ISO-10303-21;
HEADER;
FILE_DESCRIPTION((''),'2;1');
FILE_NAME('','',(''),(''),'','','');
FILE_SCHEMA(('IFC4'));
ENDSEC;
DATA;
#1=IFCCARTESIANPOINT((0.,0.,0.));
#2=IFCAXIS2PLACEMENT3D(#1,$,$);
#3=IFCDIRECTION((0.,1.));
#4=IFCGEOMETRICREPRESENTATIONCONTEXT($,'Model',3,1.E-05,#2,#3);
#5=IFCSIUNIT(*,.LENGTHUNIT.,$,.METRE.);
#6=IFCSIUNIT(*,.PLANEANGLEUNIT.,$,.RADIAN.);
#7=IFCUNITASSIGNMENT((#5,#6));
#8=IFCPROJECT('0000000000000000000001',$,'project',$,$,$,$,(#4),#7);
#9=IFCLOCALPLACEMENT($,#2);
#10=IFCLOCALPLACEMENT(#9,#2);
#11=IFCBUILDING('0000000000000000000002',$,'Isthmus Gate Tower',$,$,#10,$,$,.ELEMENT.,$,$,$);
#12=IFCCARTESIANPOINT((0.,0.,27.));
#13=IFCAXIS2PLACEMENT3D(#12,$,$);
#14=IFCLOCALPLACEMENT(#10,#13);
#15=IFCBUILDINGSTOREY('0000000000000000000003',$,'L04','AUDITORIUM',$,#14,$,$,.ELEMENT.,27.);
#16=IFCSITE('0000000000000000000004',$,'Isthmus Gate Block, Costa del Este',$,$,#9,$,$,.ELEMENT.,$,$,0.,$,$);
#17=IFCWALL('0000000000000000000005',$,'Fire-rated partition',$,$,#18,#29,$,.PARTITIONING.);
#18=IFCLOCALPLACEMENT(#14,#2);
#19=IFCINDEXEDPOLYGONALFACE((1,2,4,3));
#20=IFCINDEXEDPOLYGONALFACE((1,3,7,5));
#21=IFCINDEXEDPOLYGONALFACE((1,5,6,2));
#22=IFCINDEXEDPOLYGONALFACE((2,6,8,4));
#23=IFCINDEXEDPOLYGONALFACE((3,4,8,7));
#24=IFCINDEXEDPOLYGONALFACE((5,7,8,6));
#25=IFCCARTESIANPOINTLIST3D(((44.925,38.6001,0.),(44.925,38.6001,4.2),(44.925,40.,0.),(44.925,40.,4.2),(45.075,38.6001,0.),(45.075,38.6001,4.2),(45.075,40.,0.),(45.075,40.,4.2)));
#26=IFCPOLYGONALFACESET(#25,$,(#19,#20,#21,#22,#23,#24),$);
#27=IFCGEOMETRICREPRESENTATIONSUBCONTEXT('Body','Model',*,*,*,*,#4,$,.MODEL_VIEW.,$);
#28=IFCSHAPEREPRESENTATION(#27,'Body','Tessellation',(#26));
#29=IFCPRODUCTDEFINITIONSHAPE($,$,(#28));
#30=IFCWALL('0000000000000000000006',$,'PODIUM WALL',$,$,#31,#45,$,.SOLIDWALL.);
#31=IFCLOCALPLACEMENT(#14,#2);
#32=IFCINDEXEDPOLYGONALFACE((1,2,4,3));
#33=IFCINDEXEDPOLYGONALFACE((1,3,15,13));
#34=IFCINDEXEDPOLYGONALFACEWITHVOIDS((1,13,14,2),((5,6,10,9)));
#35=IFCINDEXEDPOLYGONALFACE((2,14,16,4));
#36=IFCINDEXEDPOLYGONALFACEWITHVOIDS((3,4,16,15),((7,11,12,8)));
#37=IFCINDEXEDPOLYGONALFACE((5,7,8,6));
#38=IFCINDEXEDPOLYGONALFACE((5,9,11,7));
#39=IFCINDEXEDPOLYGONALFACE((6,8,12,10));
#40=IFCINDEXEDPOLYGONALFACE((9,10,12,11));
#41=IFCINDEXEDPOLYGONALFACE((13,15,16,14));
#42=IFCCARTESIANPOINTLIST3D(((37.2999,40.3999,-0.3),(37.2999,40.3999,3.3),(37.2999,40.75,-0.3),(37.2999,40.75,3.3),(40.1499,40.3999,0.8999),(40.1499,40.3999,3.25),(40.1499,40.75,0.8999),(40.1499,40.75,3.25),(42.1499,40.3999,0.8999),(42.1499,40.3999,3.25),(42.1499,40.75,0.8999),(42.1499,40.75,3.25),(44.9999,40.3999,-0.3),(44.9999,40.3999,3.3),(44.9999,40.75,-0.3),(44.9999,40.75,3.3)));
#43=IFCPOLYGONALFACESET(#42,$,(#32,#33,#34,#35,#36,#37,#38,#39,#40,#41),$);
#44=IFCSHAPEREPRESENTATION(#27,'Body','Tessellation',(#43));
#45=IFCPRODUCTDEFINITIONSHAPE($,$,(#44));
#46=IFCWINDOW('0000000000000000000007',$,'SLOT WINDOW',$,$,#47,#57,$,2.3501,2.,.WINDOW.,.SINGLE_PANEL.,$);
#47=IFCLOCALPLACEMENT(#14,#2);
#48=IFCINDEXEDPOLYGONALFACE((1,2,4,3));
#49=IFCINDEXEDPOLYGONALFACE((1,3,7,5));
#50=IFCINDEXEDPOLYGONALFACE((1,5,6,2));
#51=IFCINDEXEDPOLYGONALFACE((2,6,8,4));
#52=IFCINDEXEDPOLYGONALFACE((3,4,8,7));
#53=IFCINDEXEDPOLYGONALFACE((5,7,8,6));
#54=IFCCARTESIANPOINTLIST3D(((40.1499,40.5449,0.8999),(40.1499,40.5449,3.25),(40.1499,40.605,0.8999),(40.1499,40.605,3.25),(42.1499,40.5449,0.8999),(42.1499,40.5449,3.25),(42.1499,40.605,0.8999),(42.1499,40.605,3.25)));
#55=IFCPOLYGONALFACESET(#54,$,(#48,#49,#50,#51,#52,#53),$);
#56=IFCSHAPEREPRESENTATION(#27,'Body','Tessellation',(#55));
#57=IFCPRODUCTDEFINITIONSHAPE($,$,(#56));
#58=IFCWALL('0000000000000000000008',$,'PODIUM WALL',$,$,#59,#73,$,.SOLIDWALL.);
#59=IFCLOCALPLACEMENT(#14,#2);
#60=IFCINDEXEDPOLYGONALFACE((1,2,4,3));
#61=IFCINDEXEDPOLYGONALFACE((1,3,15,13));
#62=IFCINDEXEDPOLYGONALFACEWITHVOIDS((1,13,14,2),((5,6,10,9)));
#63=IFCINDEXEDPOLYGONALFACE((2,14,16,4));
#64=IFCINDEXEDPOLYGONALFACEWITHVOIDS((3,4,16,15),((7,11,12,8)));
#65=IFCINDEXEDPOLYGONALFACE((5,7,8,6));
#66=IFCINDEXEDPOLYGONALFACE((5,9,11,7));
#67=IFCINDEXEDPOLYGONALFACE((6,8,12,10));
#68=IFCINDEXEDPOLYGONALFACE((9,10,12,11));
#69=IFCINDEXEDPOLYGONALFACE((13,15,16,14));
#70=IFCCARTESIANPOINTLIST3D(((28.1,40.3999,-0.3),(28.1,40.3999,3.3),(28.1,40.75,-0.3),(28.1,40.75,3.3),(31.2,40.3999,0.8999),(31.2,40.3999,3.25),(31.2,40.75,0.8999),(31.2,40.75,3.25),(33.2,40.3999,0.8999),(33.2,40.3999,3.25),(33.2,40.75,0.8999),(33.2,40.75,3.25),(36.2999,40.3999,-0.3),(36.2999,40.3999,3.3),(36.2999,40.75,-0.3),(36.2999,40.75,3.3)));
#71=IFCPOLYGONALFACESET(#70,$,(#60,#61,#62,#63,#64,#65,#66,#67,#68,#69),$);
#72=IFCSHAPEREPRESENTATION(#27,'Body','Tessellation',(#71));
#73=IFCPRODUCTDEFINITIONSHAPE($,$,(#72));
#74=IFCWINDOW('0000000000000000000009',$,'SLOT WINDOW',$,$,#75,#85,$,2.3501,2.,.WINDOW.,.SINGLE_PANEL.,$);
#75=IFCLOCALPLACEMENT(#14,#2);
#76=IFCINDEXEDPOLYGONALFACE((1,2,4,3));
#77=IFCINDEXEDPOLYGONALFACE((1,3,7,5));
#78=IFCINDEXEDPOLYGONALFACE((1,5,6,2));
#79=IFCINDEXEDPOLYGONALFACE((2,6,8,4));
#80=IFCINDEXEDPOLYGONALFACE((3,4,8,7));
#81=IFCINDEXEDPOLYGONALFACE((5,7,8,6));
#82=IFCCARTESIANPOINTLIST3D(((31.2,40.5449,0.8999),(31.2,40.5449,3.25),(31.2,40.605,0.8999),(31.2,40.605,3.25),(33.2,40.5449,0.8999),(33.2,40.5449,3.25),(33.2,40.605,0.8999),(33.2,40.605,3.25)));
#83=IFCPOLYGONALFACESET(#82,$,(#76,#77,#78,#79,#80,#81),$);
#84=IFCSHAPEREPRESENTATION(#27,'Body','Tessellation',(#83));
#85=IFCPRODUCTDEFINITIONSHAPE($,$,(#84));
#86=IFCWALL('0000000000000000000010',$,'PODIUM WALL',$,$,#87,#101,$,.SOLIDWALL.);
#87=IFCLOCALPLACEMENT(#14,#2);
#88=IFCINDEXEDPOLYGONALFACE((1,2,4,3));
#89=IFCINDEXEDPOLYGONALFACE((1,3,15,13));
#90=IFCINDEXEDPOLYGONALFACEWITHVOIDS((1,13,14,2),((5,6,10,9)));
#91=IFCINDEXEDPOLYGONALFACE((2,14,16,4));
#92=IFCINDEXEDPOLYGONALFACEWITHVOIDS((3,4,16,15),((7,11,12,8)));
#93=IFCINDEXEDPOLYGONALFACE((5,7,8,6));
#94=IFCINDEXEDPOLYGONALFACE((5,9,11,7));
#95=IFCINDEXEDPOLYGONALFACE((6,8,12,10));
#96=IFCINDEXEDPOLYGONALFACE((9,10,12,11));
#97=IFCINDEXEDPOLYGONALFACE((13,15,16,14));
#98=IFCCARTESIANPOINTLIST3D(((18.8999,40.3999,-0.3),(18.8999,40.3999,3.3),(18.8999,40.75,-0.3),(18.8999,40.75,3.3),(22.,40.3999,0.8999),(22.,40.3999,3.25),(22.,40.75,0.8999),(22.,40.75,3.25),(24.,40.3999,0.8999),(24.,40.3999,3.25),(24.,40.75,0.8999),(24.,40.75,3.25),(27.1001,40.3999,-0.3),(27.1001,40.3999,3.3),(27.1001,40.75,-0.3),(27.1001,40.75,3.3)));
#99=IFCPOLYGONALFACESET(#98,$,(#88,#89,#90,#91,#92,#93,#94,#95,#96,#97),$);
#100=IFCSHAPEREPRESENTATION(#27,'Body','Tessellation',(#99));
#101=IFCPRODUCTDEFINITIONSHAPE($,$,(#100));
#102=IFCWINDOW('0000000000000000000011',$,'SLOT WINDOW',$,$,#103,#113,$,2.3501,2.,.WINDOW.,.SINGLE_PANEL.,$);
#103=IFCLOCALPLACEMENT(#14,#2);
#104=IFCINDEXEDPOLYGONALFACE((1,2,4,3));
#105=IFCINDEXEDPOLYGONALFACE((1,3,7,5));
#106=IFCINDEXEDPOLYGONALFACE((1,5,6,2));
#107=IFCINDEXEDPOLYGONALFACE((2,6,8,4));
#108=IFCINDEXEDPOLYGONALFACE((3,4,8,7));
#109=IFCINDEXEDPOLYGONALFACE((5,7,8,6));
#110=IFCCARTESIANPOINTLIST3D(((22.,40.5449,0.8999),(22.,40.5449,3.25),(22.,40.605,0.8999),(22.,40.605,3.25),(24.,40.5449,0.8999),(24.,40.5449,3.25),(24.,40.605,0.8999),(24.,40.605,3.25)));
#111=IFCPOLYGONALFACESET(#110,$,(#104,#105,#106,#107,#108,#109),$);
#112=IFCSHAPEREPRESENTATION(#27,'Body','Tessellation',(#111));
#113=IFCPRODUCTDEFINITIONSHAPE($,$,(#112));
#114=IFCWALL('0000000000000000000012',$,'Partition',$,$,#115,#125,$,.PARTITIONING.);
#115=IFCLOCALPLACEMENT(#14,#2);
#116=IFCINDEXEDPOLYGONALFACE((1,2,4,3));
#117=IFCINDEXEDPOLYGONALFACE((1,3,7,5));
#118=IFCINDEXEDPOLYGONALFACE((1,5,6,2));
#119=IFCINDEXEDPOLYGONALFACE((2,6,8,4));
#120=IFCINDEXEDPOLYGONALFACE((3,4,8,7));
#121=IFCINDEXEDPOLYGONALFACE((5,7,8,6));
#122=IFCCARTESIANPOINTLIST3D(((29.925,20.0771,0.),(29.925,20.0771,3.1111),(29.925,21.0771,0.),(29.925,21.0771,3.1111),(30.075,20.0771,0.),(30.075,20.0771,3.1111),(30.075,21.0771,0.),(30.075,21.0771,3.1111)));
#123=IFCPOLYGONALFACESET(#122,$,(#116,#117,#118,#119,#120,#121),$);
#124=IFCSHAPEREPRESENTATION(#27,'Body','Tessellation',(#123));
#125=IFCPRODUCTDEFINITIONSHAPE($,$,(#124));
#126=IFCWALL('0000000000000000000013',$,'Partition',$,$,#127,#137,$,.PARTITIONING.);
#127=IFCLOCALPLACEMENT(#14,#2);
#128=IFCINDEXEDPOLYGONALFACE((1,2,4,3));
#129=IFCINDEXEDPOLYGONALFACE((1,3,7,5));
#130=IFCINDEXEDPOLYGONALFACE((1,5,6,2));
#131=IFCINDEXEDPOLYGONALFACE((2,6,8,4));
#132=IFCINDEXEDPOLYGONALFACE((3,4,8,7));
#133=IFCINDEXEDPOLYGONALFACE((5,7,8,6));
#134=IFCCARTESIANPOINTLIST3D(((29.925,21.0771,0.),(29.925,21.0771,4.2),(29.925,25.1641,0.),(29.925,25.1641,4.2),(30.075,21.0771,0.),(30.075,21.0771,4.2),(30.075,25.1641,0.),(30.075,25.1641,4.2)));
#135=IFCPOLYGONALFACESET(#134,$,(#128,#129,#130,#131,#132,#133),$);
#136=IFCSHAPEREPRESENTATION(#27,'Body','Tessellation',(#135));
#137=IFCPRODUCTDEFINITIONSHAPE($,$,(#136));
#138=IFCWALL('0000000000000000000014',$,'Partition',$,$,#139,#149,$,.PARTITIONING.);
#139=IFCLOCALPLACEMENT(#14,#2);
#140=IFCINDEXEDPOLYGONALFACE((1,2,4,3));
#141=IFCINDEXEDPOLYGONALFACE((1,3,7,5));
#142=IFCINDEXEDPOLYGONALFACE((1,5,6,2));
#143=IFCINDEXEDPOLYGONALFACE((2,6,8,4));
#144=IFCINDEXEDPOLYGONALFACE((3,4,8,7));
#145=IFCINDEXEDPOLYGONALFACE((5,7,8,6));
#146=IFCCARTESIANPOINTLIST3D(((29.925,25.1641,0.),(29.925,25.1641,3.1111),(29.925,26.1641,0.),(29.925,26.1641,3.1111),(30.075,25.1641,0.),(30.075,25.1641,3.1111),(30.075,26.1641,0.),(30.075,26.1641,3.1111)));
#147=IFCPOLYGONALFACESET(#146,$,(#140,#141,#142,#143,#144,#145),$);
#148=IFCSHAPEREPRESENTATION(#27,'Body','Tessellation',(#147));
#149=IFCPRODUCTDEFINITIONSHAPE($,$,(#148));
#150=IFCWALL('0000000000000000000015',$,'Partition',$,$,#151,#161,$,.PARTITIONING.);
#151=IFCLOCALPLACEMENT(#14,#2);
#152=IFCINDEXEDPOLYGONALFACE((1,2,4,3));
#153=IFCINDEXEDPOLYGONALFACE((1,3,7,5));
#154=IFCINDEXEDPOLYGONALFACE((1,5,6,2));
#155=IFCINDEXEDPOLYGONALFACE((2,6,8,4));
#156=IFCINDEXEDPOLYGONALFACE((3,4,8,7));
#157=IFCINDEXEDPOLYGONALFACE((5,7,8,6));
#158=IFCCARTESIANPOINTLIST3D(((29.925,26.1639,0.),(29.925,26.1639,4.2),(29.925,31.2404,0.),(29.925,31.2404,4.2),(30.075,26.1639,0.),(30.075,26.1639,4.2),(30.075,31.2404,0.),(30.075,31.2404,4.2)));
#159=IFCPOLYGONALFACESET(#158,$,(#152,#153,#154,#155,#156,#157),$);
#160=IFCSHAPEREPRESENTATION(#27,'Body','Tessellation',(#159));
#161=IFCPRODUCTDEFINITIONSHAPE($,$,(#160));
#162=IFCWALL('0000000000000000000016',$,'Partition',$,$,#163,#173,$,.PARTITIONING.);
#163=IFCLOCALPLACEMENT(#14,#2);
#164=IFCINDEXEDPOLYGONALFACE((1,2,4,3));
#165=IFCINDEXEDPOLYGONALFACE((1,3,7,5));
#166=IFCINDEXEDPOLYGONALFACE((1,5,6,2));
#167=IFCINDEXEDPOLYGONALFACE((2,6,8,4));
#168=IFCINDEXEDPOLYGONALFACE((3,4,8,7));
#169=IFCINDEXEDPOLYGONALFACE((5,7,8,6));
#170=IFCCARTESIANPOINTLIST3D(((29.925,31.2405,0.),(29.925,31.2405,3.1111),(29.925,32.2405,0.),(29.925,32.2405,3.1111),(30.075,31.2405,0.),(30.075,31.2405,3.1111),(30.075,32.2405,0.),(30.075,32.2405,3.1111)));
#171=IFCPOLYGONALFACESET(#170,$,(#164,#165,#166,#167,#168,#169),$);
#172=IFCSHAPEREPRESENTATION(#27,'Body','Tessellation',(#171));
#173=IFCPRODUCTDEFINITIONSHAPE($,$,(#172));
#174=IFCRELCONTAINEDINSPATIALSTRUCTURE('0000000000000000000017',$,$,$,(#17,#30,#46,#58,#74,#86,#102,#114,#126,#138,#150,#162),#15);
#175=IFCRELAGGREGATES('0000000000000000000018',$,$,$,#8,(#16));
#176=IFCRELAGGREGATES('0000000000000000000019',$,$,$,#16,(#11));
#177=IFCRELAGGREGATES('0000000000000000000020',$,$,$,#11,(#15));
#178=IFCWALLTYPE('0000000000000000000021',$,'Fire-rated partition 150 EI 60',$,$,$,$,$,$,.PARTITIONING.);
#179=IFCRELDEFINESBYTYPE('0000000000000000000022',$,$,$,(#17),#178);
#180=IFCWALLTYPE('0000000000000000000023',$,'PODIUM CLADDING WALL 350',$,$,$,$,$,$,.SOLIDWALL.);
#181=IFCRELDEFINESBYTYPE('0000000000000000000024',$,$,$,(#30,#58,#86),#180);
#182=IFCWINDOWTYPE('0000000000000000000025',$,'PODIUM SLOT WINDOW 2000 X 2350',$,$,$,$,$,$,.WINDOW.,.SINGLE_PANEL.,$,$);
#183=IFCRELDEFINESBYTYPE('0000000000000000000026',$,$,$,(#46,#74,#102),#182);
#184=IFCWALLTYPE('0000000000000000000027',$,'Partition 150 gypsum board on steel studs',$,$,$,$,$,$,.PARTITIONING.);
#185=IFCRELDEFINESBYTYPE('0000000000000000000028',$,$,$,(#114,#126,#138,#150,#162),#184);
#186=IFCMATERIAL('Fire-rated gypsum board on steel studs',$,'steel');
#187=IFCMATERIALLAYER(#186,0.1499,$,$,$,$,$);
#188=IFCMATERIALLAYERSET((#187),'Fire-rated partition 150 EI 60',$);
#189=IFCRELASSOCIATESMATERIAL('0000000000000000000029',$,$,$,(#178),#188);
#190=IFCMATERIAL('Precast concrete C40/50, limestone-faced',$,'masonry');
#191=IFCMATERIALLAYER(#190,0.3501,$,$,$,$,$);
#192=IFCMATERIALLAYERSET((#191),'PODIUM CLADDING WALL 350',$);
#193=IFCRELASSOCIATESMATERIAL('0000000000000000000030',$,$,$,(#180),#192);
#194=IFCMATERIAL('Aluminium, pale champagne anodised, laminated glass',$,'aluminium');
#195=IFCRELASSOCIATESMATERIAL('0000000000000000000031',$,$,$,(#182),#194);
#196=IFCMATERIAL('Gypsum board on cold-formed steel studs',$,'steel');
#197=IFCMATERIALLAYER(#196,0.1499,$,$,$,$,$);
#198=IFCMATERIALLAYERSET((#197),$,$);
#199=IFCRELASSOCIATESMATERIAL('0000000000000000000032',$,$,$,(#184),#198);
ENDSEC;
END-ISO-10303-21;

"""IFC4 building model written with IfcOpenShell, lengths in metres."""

from ifc_helpers import new_model, si_unit, direction, frame, frame_2d, origin, place, context, subcontext, project, spatial, rectangle, extrude, material, layer, layer_set, type_object, element, fill, save


model = new_model("IFC4")

# Units and contexts
model_context = context("Model", 3, precision=1e-05, world=origin(), true_north=direction((0.0, 1.0)))
body_context = subcontext(model_context, "Body", "Model", "MODEL_VIEW")
ifc_project = project(units=[si_unit("LENGTHUNIT", "METRE"), si_unit("PLANEANGLEUNIT", "RADIAN")], contexts=[model_context])

# Site, building, storey
site_placement = place(None, origin())
site = spatial("IfcSite", under=ifc_project, at=site_placement, Name="Isthmus Gate Block, Costa del Este", CompositionType="ELEMENT", RefElevation=0.0)
building_placement = place(site_placement, origin())
building = spatial("IfcBuilding", under=site, at=building_placement, Name="Isthmus Gate Tower", CompositionType="ELEMENT")
storey_placement = place(building_placement, frame((0.0, 0.0, 27.0)))
storey = spatial("IfcBuildingStorey", under=building, at=storey_placement, Name="L04", Description="AUDITORIUM", CompositionType="ELEMENT", Elevation=27.0)

# Wall
ifc_material_1 = material(Name="Fire-rated gypsum board on steel studs", Category="steel")
ifc_layer_1 = layer(ifc_material_1, 0.1499)
ifc_layer_set_1 = layer_set([ifc_layer_1], Name="Fire-rated partition 150 EI 60")
wall_type_1 = type_object("IfcWallType", Name="Fire-rated partition 150 EI 60", PredefinedType="PARTITIONING", material=ifc_layer_set_1)
wall_1_placement = place(storey_placement, frame((45.0, 38.6001, 0.0), z_axis=(0.0, 0.0, 1.0), x_axis=(0.0, 1.0, 0.0)))
element("IfcWall", 1, at=wall_1_placement, inside=storey, type_object=wall_type_1, Name="Fire-rated partition", PredefinedType="PARTITIONING", context=body_context, shape_type="SweptSolid", body=[
    extrude(rectangle(XDim=1.3999, YDim=0.1499, at=frame_2d((0.7, 0.0))), origin(), (0.0, 0.0, 1.0), 4.2),
])

# Walls, openings, windows
ifc_material_2 = material(Name="Precast concrete C40/50, limestone-faced", Category="masonry")
ifc_layer_2 = layer(ifc_material_2, 0.3501)
ifc_layer_set_2 = layer_set([ifc_layer_2], Name="PODIUM CLADDING WALL 350")
wall_type_2 = type_object("IfcWallType", Name="PODIUM CLADDING WALL 350", PredefinedType="SOLIDWALL", material=ifc_layer_set_2)
wall_2_placement = place(storey_placement, frame((45.0, 40.575, -0.3), z_axis=(0.0, 0.0, 1.0), x_axis=(-1.0, 0.0, 0.0)))
wall_2 = element("IfcWall", 2, at=wall_2_placement, inside=storey, type_object=wall_type_2, Name="PODIUM WALL", PredefinedType="SOLIDWALL", context=body_context, shape_type="SweptSolid", body=[
    extrude(rectangle(XDim=7.7, YDim=0.3501, at=frame_2d((3.8501, 0.0))), origin(), (0.0, 0.0, 1.0), 3.6001),
])
opening_1_placement = place(wall_2_placement, frame((2.8501, 0.0, 1.2)))
opening_1 = element("IfcOpeningElement", 3, at=opening_1_placement, cuts=wall_2, PredefinedType="OPENING", context=body_context, shape_type="SweptSolid", body=[
    extrude(rectangle(XDim=2.0, YDim=2.3501, at=frame_2d((1.0, 1.175))), frame((0.0, 0.1851, 0.0), z_axis=(0.0, -1.0, 0.0), x_axis=(1.0, 0.0, 0.0)), (0.0, 0.0, 1.0), 0.3701),
])
ifc_material_3 = material(Name="Aluminium, pale champagne anodised, laminated glass", Category="aluminium")
window_type = type_object("IfcWindowType", Name="PODIUM SLOT WINDOW 2000 X 2350", PartitioningType="SINGLE_PANEL", PredefinedType="WINDOW", material=ifc_material_3)
window_1_placement = place(opening_1_placement, origin())
window_1 = element("IfcWindow", 4, at=window_1_placement, inside=storey, type_object=window_type, Name="SLOT WINDOW", OverallHeight=2.3501, OverallWidth=2.0, PartitioningType="SINGLE_PANEL", PredefinedType="WINDOW", context=body_context, shape_type="SweptSolid", body=[
    extrude(rectangle(XDim=2.0, YDim=2.3501, at=frame_2d((1.0, 1.175))), frame((0.0, 0.03, 0.0), z_axis=(0.0, -1.0, 0.0), x_axis=(1.0, 0.0, 0.0)), (0.0, 0.0, 1.0), 0.0601),
])
fill(opening_1, window_1)
wall_3_placement = place(storey_placement, frame((36.3, 40.575, -0.3), z_axis=(0.0, 0.0, 1.0), x_axis=(-1.0, 0.0, 0.0)))
wall_3 = element("IfcWall", 5, at=wall_3_placement, inside=storey, type_object=wall_type_2, Name="PODIUM WALL", PredefinedType="SOLIDWALL", context=body_context, shape_type="SweptSolid", body=[
    extrude(rectangle(XDim=8.2, YDim=0.3501, at=frame_2d((4.1001, 0.0))), origin(), (0.0, 0.0, 1.0), 3.6001),
])
opening_2_placement = place(wall_3_placement, frame((3.1001, 0.0, 1.2)))
opening_2 = element("IfcOpeningElement", 6, at=opening_2_placement, cuts=wall_3, PredefinedType="OPENING", context=body_context, shape_type="SweptSolid", body=[
    extrude(rectangle(XDim=2.0, YDim=2.3501, at=frame_2d((1.0, 1.175))), frame((0.0, 0.1851, 0.0), z_axis=(0.0, -1.0, 0.0), x_axis=(1.0, 0.0, 0.0)), (0.0, 0.0, 1.0), 0.3701),
])
window_2_placement = place(opening_2_placement, origin())
window_2 = element("IfcWindow", 7, at=window_2_placement, inside=storey, type_object=window_type, Name="SLOT WINDOW", OverallHeight=2.3501, OverallWidth=2.0, PartitioningType="SINGLE_PANEL", PredefinedType="WINDOW", context=body_context, shape_type="SweptSolid", body=[
    extrude(rectangle(XDim=2.0, YDim=2.3501, at=frame_2d((1.0, 1.175))), frame((0.0, 0.03, 0.0), z_axis=(0.0, -1.0, 0.0), x_axis=(1.0, 0.0, 0.0)), (0.0, 0.0, 1.0), 0.0601),
])
fill(opening_2, window_2)
wall_4_placement = place(storey_placement, frame((27.1001, 40.575, -0.3), z_axis=(0.0, 0.0, 1.0), x_axis=(-1.0, 0.0, 0.0)))
wall_4 = element("IfcWall", 8, at=wall_4_placement, inside=storey, type_object=wall_type_2, Name="PODIUM WALL", PredefinedType="SOLIDWALL", context=body_context, shape_type="SweptSolid", body=[
    extrude(rectangle(XDim=8.2002, YDim=0.3501, at=frame_2d((4.1001, 0.0))), origin(), (0.0, 0.0, 1.0), 3.6001),
])
opening_3_placement = place(wall_4_placement, frame((3.1001, 0.0, 1.2)))
opening_3 = element("IfcOpeningElement", 9, at=opening_3_placement, cuts=wall_4, PredefinedType="OPENING", context=body_context, shape_type="SweptSolid", body=[
    extrude(rectangle(XDim=2.0, YDim=2.3501, at=frame_2d((1.0, 1.175))), frame((0.0, 0.1851, 0.0), z_axis=(0.0, -1.0, 0.0), x_axis=(1.0, 0.0, 0.0)), (0.0, 0.0, 1.0), 0.3701),
])
window_3_placement = place(opening_3_placement, origin())
window_3 = element("IfcWindow", 10, at=window_3_placement, inside=storey, type_object=window_type, Name="SLOT WINDOW", OverallHeight=2.3501, OverallWidth=2.0, PartitioningType="SINGLE_PANEL", PredefinedType="WINDOW", context=body_context, shape_type="SweptSolid", body=[
    extrude(rectangle(XDim=2.0, YDim=2.3501, at=frame_2d((1.0, 1.175))), frame((0.0, 0.03, 0.0), z_axis=(0.0, -1.0, 0.0), x_axis=(1.0, 0.0, 0.0)), (0.0, 0.0, 1.0), 0.0601),
])
fill(opening_3, window_3)

# Walls
ifc_material_4 = material(Name="Gypsum board on cold-formed steel studs", Category="steel")
ifc_layer_3 = layer(ifc_material_4, 0.1499)
ifc_layer_set_3 = layer_set([ifc_layer_3])
wall_type_3 = type_object("IfcWallType", Name="Partition 150 gypsum board on steel studs", PredefinedType="PARTITIONING", material=ifc_layer_set_3)
wall_5_placement = place(storey_placement, frame((30.0, 20.0771, 0.0), z_axis=(0.0, 0.0, 1.0), x_axis=(0.0, 1.0, 0.0)))
element("IfcWall", 11, at=wall_5_placement, inside=storey, type_object=wall_type_3, Name="Partition", PredefinedType="PARTITIONING", context=body_context, shape_type="SweptSolid", body=[
    extrude(rectangle(XDim=1.0, YDim=0.1499, at=frame_2d((0.5, 0.0))), origin(), (0.0, 0.0, 1.0), 3.1111),
])
wall_6_placement = place(storey_placement, frame((30.0, 21.0771, 0.0), z_axis=(0.0, 0.0, 1.0), x_axis=(0.0, 1.0, 0.0)))
element("IfcWall", 12, at=wall_6_placement, inside=storey, type_object=wall_type_3, Name="Partition", PredefinedType="PARTITIONING", context=body_context, shape_type="SweptSolid", body=[
    extrude(rectangle(XDim=4.0869, YDim=0.1499, at=frame_2d((2.0435, 0.0))), origin(), (0.0, 0.0, 1.0), 4.2),
])
wall_7_placement = place(storey_placement, frame((30.0, 25.1641, 0.0), z_axis=(0.0, 0.0, 1.0), x_axis=(0.0, 1.0, 0.0)))
element("IfcWall", 13, at=wall_7_placement, inside=storey, type_object=wall_type_3, Name="Partition", PredefinedType="PARTITIONING", context=body_context, shape_type="SweptSolid", body=[
    extrude(rectangle(XDim=1.0, YDim=0.1499, at=frame_2d((0.5, 0.0))), origin(), (0.0, 0.0, 1.0), 3.1111),
])
wall_8_placement = place(storey_placement, frame((30.0, 26.1641, 0.0), z_axis=(0.0, 0.0, 1.0), x_axis=(0.0, 1.0, 0.0)))
element("IfcWall", 14, at=wall_8_placement, inside=storey, type_object=wall_type_3, Name="Partition", PredefinedType="PARTITIONING", context=body_context, shape_type="SweptSolid", body=[
    extrude(rectangle(XDim=5.0764, YDim=0.1499, at=frame_2d((2.5381, 0.0))), origin(), (0.0, 0.0, 1.0), 4.2),
])
wall_9_placement = place(storey_placement, frame((30.0, 31.2405, 0.0), z_axis=(0.0, 0.0, 1.0), x_axis=(0.0, 1.0, 0.0)))
element("IfcWall", 15, at=wall_9_placement, inside=storey, type_object=wall_type_3, Name="Partition", PredefinedType="PARTITIONING", context=body_context, shape_type="SweptSolid", body=[
    extrude(rectangle(XDim=1.0, YDim=0.1499, at=frame_2d((0.5, 0.0))), origin(), (0.0, 0.0, 1.0), 3.1111),
])

save(model, "model.ifc")
